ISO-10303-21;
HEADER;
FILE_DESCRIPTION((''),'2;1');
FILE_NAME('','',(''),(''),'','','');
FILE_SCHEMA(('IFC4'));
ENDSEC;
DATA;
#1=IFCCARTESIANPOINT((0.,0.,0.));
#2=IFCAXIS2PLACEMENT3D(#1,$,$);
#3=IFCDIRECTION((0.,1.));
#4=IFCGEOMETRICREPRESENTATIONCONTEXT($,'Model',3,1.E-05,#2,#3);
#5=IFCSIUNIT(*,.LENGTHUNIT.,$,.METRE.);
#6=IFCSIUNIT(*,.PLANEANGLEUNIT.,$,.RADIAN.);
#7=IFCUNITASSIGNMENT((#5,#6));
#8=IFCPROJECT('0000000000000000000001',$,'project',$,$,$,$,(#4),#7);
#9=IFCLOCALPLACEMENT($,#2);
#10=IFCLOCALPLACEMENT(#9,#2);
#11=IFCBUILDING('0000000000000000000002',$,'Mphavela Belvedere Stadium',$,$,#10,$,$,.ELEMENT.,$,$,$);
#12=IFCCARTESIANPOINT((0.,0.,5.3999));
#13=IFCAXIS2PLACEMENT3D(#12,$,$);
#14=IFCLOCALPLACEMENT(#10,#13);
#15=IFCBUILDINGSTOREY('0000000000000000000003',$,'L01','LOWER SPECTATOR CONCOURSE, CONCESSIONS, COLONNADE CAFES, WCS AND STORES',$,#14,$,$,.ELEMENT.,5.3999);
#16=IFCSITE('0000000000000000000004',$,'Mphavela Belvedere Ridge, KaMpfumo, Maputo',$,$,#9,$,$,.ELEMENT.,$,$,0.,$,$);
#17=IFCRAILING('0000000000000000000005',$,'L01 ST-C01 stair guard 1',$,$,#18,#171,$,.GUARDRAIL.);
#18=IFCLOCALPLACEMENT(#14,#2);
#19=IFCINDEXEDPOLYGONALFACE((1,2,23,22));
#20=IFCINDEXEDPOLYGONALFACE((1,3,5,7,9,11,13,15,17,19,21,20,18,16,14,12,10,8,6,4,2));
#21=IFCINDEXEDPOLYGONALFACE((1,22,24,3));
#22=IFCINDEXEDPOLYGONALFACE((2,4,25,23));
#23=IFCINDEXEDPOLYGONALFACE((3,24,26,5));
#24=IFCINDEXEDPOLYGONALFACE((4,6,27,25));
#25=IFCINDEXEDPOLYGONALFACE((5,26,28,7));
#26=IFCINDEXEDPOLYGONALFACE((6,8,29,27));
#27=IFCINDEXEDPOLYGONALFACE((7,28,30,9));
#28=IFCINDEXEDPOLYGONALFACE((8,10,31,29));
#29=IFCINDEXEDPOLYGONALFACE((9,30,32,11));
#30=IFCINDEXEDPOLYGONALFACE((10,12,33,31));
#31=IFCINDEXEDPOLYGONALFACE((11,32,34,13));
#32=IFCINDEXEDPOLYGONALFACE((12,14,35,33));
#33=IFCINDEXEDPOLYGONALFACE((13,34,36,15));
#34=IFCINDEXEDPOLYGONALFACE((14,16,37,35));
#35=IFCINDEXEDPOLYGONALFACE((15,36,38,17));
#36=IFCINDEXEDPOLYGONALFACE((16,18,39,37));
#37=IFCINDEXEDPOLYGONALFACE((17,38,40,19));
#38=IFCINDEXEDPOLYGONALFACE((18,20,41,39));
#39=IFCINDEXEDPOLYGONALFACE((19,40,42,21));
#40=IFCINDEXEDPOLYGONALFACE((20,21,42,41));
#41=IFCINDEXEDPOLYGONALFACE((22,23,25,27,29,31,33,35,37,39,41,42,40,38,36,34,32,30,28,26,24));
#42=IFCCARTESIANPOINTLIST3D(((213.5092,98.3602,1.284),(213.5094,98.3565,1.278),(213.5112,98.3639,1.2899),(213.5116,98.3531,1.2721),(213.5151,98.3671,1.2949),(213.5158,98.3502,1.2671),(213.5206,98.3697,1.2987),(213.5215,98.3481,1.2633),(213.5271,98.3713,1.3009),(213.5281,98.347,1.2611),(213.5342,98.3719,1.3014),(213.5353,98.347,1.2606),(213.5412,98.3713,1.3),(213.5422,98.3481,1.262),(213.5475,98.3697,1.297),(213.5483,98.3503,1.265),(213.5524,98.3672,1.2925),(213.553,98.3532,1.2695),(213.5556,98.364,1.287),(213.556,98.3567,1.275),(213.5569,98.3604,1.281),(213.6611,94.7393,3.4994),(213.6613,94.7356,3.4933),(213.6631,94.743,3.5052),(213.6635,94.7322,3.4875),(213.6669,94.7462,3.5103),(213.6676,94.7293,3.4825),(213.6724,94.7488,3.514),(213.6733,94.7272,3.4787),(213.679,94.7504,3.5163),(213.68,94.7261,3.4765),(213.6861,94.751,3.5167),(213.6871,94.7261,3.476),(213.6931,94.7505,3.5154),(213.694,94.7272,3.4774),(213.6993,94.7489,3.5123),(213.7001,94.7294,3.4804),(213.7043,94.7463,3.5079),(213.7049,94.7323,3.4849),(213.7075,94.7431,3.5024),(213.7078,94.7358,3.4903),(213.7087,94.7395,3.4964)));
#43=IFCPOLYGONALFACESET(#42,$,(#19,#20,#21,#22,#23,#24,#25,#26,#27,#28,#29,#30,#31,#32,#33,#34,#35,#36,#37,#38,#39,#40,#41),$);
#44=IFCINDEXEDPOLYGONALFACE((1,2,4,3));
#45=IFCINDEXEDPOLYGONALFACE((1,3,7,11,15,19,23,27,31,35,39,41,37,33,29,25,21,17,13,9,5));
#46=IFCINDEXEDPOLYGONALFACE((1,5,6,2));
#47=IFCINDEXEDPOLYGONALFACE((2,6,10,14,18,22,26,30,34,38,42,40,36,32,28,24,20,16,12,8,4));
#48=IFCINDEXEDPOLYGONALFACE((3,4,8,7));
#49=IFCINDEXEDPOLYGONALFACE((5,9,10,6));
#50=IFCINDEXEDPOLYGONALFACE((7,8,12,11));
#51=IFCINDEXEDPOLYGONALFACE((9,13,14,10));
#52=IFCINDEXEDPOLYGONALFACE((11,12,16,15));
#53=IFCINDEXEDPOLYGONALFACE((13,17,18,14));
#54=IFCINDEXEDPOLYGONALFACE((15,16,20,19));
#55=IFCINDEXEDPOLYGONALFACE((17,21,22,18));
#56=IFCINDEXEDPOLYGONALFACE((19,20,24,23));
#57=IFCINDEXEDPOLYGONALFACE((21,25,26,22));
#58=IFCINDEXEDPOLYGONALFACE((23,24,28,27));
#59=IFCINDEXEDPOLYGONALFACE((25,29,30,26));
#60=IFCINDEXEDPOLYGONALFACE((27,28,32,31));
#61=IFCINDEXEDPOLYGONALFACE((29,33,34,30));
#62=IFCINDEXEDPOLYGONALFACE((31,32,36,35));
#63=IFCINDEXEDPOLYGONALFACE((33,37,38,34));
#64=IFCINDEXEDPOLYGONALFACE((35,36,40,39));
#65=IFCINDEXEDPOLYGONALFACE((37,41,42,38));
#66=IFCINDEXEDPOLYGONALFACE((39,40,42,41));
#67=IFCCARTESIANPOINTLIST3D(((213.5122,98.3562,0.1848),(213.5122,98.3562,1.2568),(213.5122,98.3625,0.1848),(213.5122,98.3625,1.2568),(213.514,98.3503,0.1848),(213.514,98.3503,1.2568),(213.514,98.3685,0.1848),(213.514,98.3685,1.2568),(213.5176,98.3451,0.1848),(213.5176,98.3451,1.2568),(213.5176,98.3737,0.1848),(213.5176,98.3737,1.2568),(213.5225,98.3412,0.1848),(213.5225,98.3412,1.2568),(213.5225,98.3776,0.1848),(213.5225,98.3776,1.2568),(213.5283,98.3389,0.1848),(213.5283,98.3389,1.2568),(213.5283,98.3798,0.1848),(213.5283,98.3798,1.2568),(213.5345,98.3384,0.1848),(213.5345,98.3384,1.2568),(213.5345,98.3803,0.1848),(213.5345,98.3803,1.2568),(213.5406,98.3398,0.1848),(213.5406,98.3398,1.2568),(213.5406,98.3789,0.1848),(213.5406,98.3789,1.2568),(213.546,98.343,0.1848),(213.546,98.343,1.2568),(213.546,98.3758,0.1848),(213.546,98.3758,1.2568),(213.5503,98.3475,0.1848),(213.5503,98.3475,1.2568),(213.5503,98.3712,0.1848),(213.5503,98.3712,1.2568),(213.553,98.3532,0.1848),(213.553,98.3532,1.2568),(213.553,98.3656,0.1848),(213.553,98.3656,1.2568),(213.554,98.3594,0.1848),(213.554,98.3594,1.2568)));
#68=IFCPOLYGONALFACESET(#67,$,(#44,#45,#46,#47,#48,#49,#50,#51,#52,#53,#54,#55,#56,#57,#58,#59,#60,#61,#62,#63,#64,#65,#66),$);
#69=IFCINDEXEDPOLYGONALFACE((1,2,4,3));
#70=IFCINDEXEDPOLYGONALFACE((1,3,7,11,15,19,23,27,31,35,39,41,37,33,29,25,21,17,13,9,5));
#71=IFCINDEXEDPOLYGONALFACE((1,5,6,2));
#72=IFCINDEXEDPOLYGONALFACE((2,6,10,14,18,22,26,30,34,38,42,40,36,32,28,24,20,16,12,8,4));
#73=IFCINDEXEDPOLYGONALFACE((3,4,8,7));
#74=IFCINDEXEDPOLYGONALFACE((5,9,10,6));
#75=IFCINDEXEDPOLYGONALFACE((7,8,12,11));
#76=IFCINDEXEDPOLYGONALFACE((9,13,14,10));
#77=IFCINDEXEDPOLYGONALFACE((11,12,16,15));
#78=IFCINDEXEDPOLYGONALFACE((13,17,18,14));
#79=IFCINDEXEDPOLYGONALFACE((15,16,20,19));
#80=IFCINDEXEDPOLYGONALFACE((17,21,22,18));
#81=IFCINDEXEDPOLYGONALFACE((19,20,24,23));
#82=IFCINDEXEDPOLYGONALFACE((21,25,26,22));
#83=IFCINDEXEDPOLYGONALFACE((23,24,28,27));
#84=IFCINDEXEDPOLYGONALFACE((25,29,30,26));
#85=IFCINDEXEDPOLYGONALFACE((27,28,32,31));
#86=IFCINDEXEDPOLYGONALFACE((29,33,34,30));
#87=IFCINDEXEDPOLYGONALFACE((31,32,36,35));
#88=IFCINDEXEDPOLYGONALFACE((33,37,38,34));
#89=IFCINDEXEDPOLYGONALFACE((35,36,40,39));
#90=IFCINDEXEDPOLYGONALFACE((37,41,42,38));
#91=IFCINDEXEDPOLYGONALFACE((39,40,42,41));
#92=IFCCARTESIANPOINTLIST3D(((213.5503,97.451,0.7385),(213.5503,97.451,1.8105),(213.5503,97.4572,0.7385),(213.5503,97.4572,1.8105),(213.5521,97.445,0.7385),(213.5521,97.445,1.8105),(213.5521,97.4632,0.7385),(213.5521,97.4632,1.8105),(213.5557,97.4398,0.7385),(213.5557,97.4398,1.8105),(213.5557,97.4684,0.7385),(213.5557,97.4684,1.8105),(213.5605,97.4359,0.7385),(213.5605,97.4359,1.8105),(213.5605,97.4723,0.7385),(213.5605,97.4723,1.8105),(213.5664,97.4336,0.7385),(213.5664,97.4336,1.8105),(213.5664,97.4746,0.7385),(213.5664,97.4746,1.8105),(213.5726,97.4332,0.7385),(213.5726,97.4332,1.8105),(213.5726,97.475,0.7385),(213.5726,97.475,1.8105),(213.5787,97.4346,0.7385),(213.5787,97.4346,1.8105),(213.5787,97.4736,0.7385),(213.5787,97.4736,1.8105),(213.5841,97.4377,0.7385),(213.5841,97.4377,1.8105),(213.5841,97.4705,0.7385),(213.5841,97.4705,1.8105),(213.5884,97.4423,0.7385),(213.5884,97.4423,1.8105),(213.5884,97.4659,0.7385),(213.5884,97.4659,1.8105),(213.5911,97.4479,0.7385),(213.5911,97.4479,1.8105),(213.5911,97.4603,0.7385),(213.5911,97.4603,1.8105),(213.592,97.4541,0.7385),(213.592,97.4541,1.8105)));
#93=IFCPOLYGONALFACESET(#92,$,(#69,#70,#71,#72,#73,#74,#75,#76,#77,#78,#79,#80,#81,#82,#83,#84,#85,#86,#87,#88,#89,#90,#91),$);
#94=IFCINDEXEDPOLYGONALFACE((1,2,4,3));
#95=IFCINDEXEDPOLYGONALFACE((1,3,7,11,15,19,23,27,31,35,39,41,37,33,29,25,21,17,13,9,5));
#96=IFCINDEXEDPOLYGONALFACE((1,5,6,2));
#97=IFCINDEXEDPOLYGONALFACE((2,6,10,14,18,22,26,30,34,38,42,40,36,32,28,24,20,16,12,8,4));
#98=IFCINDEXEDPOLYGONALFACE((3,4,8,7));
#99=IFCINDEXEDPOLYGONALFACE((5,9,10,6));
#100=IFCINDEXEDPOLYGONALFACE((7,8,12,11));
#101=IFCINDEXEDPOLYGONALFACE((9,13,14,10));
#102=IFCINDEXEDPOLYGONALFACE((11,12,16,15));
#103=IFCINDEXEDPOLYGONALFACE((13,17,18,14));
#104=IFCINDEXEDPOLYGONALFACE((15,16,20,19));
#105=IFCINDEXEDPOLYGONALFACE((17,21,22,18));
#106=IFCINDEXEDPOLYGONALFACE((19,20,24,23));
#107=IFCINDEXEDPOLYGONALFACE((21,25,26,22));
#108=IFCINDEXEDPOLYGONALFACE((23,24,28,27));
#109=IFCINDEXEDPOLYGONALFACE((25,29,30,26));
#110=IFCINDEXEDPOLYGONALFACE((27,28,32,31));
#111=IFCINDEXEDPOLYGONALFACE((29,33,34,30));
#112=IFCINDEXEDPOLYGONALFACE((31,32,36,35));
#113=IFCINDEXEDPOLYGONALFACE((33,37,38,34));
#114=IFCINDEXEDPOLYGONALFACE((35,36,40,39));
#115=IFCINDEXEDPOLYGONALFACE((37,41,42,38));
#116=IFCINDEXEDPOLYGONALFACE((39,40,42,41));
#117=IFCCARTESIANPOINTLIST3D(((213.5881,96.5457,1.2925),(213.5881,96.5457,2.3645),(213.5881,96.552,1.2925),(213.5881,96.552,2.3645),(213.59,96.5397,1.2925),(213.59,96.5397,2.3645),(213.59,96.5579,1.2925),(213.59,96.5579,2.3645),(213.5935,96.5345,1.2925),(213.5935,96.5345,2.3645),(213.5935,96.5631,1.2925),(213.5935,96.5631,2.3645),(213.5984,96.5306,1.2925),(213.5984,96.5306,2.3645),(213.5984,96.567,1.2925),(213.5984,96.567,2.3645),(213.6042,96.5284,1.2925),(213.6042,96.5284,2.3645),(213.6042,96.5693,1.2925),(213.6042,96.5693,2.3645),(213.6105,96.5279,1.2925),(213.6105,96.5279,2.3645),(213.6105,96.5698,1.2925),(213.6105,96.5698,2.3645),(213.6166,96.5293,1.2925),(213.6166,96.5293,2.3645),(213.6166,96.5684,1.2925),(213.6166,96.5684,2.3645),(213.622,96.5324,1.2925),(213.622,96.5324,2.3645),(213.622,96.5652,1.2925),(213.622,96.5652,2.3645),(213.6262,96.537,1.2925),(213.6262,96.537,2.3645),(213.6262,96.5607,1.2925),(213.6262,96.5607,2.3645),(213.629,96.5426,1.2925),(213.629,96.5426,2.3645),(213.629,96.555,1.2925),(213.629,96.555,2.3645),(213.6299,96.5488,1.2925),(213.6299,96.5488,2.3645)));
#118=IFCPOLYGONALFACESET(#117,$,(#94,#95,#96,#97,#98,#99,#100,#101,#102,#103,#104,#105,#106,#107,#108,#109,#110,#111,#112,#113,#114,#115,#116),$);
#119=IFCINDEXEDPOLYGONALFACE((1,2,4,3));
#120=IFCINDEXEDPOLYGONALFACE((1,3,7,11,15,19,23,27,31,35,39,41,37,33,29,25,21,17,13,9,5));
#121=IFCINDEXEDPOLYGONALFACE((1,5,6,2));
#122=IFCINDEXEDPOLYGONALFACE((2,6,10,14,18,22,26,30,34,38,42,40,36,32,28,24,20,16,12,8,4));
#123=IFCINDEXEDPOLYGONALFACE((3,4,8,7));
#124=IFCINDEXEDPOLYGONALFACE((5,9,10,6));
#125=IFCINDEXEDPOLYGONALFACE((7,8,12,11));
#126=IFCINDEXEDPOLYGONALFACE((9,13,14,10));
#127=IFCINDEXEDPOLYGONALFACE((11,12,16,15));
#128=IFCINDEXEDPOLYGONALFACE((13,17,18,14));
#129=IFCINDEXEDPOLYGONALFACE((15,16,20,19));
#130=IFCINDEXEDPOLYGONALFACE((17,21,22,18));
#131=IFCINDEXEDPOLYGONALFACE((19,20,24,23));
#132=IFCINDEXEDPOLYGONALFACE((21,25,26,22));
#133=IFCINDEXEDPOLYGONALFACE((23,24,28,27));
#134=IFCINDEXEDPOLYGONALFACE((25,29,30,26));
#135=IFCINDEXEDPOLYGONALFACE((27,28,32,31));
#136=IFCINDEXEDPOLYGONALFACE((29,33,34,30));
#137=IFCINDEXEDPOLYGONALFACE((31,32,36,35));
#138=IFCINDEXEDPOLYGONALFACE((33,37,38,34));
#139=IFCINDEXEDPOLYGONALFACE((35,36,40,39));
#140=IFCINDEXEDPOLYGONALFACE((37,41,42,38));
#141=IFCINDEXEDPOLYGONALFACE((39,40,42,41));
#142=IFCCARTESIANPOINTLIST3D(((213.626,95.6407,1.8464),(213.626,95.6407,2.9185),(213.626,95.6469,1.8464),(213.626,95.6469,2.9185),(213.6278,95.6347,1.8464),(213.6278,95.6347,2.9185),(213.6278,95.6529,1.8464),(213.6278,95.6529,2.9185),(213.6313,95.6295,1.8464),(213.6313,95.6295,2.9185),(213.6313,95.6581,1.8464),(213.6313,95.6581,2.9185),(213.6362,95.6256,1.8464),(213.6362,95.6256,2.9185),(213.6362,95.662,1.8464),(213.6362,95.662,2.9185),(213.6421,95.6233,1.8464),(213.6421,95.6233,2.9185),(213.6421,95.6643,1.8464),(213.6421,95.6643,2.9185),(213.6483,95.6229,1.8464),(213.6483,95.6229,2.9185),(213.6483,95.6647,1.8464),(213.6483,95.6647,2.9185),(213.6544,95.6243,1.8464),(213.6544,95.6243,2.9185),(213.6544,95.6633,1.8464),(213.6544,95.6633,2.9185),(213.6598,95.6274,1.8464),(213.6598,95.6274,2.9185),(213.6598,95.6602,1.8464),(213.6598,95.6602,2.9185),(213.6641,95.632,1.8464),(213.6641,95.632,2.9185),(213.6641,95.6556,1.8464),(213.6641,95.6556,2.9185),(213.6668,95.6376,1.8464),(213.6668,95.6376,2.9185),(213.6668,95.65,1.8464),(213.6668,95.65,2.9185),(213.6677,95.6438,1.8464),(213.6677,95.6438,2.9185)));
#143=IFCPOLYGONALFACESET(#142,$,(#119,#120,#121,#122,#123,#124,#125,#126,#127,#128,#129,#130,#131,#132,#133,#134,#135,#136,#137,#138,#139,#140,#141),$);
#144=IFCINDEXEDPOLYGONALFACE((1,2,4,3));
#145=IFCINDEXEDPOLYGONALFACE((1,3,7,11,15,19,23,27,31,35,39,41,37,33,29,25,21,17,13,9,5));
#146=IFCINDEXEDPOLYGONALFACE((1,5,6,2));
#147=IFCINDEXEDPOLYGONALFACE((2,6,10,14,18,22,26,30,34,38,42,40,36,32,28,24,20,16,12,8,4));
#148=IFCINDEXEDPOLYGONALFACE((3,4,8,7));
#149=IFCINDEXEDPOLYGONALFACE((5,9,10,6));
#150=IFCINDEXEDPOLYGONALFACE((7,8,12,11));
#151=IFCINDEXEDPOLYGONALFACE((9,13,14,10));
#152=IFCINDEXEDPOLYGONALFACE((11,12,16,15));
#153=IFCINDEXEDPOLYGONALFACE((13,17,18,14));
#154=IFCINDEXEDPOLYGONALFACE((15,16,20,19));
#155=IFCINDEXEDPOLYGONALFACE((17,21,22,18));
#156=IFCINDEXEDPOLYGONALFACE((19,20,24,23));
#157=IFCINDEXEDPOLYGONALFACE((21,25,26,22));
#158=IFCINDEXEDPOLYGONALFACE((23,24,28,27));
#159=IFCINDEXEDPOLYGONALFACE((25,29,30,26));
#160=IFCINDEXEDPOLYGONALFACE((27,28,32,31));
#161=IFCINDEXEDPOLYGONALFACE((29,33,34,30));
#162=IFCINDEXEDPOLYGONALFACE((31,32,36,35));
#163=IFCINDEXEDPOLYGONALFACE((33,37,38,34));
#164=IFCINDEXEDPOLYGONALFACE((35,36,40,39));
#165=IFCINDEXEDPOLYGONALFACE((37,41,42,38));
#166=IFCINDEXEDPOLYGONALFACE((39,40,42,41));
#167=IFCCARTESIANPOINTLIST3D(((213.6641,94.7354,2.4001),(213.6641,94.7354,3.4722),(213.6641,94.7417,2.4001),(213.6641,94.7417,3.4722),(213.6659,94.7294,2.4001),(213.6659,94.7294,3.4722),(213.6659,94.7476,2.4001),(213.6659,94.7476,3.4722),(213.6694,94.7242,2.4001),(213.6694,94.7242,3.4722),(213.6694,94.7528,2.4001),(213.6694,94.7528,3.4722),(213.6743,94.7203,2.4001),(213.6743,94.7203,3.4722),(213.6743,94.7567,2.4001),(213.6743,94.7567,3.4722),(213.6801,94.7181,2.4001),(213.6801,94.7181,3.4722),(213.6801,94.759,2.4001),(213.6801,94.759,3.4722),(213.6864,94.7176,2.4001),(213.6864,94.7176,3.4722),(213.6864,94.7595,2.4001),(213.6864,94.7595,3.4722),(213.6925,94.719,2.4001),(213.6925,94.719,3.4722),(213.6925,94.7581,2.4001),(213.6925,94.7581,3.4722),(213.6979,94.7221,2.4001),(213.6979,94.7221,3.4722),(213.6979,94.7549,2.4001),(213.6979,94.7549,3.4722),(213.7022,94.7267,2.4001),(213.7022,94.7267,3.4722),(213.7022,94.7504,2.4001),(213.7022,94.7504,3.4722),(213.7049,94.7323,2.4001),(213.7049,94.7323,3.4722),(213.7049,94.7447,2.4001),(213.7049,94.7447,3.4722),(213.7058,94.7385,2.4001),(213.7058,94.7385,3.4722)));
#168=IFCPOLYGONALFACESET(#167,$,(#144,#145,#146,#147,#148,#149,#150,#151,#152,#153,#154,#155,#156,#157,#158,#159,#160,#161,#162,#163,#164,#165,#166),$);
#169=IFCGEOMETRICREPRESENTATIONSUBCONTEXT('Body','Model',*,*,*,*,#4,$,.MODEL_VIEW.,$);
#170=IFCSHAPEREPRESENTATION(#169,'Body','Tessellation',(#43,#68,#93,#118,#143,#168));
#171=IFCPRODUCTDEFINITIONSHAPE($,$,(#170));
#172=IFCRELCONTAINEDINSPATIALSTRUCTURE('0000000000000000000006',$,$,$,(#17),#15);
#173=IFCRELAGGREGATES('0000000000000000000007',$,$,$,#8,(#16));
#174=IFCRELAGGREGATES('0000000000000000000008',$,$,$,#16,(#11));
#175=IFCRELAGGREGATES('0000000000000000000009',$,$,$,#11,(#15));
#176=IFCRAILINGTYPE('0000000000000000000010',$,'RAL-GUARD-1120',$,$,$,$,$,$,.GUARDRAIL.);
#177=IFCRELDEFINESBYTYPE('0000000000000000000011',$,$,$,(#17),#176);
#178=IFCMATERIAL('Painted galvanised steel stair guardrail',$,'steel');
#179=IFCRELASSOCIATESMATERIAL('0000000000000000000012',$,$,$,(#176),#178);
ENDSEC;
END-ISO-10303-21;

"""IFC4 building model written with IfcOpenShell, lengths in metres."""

from ifc_helpers import new_model, si_unit, direction, frame, origin, origin_2d, place, context, subcontext, project, spatial, circle, extrude, material, type_object, element, save


model = new_model("IFC4")

# Units and contexts
model_context = context("Model", 3, precision=1e-05, world=origin(), true_north=direction((0.0, 1.0)))
body_context = subcontext(model_context, "Body", "Model", "MODEL_VIEW")
ifc_project = project(units=[si_unit("LENGTHUNIT", "METRE"), si_unit("PLANEANGLEUNIT", "RADIAN")], contexts=[model_context])

# Site, building, storey
site_placement = place(None, origin())
site = spatial("IfcSite", under=ifc_project, at=site_placement, Name="Mphavela Belvedere Ridge, KaMpfumo, Maputo", CompositionType="ELEMENT", RefElevation=0.0)
building_placement = place(site_placement, origin())
building = spatial("IfcBuilding", under=site, at=building_placement, Name="Mphavela Belvedere Stadium", CompositionType="ELEMENT")
storey_placement = place(building_placement, frame((0.0, 0.0, 5.3999)))
storey = spatial("IfcBuildingStorey", under=building, at=storey_placement, Name="L01", Description="LOWER SPECTATOR CONCOURSE, CONCESSIONS, COLONNADE CAFES, WCS AND STORES", CompositionType="ELEMENT", Elevation=5.3999)

# Railing
ifc_material_1 = material(Name="Painted galvanised steel stair guardrail", Category="steel")
railing_type_1 = type_object("IfcRailingType", Name="RAL-GUARD-1120", PredefinedType="GUARDRAIL", material=ifc_material_1)
railing_1_placement = place(storey_placement, frame((213.533, 98.3594, 0.1848)))
element("IfcRailing", 1, at=railing_1_placement, inside=storey, type_object=railing_type_1, Name="L01 ST-C01 stair guard 1", PredefinedType="GUARDRAIL", context=body_context, shape_type="SweptSolid", body=[
    extrude(circle(Radius=0.0239, at=origin_2d()), frame((0.0, 0.0, 1.0962), z_axis=(0.035752, -0.852465, 0.521561), x_axis=(0.999122, 0.041902, 0.0)), (0.0, 0.0, 1.0), 4.2476),
    extrude(circle(Radius=0.021, at=origin_2d()), origin(), (0.0, 0.0, 1.0), 1.072),
    extrude(circle(Radius=0.021, at=origin_2d()), frame((0.0381, -0.9053, 0.5537)), (0.0, 0.0, 1.0), 1.072),
    extrude(circle(Radius=0.021, at=origin_2d()), frame((0.0759, -1.8105, 1.1077)), (0.0, 0.0, 1.0), 1.072),
    extrude(circle(Radius=0.021, at=origin_2d()), frame((0.1138, -2.7156, 1.6616)), (0.0, 0.0, 1.0), 1.072),
    extrude(circle(Radius=0.021, at=origin_2d()), frame((0.1519, -3.6208, 2.2153)), (0.0, 0.0, 1.0), 1.072),
])

save(model, "model.ifc")
